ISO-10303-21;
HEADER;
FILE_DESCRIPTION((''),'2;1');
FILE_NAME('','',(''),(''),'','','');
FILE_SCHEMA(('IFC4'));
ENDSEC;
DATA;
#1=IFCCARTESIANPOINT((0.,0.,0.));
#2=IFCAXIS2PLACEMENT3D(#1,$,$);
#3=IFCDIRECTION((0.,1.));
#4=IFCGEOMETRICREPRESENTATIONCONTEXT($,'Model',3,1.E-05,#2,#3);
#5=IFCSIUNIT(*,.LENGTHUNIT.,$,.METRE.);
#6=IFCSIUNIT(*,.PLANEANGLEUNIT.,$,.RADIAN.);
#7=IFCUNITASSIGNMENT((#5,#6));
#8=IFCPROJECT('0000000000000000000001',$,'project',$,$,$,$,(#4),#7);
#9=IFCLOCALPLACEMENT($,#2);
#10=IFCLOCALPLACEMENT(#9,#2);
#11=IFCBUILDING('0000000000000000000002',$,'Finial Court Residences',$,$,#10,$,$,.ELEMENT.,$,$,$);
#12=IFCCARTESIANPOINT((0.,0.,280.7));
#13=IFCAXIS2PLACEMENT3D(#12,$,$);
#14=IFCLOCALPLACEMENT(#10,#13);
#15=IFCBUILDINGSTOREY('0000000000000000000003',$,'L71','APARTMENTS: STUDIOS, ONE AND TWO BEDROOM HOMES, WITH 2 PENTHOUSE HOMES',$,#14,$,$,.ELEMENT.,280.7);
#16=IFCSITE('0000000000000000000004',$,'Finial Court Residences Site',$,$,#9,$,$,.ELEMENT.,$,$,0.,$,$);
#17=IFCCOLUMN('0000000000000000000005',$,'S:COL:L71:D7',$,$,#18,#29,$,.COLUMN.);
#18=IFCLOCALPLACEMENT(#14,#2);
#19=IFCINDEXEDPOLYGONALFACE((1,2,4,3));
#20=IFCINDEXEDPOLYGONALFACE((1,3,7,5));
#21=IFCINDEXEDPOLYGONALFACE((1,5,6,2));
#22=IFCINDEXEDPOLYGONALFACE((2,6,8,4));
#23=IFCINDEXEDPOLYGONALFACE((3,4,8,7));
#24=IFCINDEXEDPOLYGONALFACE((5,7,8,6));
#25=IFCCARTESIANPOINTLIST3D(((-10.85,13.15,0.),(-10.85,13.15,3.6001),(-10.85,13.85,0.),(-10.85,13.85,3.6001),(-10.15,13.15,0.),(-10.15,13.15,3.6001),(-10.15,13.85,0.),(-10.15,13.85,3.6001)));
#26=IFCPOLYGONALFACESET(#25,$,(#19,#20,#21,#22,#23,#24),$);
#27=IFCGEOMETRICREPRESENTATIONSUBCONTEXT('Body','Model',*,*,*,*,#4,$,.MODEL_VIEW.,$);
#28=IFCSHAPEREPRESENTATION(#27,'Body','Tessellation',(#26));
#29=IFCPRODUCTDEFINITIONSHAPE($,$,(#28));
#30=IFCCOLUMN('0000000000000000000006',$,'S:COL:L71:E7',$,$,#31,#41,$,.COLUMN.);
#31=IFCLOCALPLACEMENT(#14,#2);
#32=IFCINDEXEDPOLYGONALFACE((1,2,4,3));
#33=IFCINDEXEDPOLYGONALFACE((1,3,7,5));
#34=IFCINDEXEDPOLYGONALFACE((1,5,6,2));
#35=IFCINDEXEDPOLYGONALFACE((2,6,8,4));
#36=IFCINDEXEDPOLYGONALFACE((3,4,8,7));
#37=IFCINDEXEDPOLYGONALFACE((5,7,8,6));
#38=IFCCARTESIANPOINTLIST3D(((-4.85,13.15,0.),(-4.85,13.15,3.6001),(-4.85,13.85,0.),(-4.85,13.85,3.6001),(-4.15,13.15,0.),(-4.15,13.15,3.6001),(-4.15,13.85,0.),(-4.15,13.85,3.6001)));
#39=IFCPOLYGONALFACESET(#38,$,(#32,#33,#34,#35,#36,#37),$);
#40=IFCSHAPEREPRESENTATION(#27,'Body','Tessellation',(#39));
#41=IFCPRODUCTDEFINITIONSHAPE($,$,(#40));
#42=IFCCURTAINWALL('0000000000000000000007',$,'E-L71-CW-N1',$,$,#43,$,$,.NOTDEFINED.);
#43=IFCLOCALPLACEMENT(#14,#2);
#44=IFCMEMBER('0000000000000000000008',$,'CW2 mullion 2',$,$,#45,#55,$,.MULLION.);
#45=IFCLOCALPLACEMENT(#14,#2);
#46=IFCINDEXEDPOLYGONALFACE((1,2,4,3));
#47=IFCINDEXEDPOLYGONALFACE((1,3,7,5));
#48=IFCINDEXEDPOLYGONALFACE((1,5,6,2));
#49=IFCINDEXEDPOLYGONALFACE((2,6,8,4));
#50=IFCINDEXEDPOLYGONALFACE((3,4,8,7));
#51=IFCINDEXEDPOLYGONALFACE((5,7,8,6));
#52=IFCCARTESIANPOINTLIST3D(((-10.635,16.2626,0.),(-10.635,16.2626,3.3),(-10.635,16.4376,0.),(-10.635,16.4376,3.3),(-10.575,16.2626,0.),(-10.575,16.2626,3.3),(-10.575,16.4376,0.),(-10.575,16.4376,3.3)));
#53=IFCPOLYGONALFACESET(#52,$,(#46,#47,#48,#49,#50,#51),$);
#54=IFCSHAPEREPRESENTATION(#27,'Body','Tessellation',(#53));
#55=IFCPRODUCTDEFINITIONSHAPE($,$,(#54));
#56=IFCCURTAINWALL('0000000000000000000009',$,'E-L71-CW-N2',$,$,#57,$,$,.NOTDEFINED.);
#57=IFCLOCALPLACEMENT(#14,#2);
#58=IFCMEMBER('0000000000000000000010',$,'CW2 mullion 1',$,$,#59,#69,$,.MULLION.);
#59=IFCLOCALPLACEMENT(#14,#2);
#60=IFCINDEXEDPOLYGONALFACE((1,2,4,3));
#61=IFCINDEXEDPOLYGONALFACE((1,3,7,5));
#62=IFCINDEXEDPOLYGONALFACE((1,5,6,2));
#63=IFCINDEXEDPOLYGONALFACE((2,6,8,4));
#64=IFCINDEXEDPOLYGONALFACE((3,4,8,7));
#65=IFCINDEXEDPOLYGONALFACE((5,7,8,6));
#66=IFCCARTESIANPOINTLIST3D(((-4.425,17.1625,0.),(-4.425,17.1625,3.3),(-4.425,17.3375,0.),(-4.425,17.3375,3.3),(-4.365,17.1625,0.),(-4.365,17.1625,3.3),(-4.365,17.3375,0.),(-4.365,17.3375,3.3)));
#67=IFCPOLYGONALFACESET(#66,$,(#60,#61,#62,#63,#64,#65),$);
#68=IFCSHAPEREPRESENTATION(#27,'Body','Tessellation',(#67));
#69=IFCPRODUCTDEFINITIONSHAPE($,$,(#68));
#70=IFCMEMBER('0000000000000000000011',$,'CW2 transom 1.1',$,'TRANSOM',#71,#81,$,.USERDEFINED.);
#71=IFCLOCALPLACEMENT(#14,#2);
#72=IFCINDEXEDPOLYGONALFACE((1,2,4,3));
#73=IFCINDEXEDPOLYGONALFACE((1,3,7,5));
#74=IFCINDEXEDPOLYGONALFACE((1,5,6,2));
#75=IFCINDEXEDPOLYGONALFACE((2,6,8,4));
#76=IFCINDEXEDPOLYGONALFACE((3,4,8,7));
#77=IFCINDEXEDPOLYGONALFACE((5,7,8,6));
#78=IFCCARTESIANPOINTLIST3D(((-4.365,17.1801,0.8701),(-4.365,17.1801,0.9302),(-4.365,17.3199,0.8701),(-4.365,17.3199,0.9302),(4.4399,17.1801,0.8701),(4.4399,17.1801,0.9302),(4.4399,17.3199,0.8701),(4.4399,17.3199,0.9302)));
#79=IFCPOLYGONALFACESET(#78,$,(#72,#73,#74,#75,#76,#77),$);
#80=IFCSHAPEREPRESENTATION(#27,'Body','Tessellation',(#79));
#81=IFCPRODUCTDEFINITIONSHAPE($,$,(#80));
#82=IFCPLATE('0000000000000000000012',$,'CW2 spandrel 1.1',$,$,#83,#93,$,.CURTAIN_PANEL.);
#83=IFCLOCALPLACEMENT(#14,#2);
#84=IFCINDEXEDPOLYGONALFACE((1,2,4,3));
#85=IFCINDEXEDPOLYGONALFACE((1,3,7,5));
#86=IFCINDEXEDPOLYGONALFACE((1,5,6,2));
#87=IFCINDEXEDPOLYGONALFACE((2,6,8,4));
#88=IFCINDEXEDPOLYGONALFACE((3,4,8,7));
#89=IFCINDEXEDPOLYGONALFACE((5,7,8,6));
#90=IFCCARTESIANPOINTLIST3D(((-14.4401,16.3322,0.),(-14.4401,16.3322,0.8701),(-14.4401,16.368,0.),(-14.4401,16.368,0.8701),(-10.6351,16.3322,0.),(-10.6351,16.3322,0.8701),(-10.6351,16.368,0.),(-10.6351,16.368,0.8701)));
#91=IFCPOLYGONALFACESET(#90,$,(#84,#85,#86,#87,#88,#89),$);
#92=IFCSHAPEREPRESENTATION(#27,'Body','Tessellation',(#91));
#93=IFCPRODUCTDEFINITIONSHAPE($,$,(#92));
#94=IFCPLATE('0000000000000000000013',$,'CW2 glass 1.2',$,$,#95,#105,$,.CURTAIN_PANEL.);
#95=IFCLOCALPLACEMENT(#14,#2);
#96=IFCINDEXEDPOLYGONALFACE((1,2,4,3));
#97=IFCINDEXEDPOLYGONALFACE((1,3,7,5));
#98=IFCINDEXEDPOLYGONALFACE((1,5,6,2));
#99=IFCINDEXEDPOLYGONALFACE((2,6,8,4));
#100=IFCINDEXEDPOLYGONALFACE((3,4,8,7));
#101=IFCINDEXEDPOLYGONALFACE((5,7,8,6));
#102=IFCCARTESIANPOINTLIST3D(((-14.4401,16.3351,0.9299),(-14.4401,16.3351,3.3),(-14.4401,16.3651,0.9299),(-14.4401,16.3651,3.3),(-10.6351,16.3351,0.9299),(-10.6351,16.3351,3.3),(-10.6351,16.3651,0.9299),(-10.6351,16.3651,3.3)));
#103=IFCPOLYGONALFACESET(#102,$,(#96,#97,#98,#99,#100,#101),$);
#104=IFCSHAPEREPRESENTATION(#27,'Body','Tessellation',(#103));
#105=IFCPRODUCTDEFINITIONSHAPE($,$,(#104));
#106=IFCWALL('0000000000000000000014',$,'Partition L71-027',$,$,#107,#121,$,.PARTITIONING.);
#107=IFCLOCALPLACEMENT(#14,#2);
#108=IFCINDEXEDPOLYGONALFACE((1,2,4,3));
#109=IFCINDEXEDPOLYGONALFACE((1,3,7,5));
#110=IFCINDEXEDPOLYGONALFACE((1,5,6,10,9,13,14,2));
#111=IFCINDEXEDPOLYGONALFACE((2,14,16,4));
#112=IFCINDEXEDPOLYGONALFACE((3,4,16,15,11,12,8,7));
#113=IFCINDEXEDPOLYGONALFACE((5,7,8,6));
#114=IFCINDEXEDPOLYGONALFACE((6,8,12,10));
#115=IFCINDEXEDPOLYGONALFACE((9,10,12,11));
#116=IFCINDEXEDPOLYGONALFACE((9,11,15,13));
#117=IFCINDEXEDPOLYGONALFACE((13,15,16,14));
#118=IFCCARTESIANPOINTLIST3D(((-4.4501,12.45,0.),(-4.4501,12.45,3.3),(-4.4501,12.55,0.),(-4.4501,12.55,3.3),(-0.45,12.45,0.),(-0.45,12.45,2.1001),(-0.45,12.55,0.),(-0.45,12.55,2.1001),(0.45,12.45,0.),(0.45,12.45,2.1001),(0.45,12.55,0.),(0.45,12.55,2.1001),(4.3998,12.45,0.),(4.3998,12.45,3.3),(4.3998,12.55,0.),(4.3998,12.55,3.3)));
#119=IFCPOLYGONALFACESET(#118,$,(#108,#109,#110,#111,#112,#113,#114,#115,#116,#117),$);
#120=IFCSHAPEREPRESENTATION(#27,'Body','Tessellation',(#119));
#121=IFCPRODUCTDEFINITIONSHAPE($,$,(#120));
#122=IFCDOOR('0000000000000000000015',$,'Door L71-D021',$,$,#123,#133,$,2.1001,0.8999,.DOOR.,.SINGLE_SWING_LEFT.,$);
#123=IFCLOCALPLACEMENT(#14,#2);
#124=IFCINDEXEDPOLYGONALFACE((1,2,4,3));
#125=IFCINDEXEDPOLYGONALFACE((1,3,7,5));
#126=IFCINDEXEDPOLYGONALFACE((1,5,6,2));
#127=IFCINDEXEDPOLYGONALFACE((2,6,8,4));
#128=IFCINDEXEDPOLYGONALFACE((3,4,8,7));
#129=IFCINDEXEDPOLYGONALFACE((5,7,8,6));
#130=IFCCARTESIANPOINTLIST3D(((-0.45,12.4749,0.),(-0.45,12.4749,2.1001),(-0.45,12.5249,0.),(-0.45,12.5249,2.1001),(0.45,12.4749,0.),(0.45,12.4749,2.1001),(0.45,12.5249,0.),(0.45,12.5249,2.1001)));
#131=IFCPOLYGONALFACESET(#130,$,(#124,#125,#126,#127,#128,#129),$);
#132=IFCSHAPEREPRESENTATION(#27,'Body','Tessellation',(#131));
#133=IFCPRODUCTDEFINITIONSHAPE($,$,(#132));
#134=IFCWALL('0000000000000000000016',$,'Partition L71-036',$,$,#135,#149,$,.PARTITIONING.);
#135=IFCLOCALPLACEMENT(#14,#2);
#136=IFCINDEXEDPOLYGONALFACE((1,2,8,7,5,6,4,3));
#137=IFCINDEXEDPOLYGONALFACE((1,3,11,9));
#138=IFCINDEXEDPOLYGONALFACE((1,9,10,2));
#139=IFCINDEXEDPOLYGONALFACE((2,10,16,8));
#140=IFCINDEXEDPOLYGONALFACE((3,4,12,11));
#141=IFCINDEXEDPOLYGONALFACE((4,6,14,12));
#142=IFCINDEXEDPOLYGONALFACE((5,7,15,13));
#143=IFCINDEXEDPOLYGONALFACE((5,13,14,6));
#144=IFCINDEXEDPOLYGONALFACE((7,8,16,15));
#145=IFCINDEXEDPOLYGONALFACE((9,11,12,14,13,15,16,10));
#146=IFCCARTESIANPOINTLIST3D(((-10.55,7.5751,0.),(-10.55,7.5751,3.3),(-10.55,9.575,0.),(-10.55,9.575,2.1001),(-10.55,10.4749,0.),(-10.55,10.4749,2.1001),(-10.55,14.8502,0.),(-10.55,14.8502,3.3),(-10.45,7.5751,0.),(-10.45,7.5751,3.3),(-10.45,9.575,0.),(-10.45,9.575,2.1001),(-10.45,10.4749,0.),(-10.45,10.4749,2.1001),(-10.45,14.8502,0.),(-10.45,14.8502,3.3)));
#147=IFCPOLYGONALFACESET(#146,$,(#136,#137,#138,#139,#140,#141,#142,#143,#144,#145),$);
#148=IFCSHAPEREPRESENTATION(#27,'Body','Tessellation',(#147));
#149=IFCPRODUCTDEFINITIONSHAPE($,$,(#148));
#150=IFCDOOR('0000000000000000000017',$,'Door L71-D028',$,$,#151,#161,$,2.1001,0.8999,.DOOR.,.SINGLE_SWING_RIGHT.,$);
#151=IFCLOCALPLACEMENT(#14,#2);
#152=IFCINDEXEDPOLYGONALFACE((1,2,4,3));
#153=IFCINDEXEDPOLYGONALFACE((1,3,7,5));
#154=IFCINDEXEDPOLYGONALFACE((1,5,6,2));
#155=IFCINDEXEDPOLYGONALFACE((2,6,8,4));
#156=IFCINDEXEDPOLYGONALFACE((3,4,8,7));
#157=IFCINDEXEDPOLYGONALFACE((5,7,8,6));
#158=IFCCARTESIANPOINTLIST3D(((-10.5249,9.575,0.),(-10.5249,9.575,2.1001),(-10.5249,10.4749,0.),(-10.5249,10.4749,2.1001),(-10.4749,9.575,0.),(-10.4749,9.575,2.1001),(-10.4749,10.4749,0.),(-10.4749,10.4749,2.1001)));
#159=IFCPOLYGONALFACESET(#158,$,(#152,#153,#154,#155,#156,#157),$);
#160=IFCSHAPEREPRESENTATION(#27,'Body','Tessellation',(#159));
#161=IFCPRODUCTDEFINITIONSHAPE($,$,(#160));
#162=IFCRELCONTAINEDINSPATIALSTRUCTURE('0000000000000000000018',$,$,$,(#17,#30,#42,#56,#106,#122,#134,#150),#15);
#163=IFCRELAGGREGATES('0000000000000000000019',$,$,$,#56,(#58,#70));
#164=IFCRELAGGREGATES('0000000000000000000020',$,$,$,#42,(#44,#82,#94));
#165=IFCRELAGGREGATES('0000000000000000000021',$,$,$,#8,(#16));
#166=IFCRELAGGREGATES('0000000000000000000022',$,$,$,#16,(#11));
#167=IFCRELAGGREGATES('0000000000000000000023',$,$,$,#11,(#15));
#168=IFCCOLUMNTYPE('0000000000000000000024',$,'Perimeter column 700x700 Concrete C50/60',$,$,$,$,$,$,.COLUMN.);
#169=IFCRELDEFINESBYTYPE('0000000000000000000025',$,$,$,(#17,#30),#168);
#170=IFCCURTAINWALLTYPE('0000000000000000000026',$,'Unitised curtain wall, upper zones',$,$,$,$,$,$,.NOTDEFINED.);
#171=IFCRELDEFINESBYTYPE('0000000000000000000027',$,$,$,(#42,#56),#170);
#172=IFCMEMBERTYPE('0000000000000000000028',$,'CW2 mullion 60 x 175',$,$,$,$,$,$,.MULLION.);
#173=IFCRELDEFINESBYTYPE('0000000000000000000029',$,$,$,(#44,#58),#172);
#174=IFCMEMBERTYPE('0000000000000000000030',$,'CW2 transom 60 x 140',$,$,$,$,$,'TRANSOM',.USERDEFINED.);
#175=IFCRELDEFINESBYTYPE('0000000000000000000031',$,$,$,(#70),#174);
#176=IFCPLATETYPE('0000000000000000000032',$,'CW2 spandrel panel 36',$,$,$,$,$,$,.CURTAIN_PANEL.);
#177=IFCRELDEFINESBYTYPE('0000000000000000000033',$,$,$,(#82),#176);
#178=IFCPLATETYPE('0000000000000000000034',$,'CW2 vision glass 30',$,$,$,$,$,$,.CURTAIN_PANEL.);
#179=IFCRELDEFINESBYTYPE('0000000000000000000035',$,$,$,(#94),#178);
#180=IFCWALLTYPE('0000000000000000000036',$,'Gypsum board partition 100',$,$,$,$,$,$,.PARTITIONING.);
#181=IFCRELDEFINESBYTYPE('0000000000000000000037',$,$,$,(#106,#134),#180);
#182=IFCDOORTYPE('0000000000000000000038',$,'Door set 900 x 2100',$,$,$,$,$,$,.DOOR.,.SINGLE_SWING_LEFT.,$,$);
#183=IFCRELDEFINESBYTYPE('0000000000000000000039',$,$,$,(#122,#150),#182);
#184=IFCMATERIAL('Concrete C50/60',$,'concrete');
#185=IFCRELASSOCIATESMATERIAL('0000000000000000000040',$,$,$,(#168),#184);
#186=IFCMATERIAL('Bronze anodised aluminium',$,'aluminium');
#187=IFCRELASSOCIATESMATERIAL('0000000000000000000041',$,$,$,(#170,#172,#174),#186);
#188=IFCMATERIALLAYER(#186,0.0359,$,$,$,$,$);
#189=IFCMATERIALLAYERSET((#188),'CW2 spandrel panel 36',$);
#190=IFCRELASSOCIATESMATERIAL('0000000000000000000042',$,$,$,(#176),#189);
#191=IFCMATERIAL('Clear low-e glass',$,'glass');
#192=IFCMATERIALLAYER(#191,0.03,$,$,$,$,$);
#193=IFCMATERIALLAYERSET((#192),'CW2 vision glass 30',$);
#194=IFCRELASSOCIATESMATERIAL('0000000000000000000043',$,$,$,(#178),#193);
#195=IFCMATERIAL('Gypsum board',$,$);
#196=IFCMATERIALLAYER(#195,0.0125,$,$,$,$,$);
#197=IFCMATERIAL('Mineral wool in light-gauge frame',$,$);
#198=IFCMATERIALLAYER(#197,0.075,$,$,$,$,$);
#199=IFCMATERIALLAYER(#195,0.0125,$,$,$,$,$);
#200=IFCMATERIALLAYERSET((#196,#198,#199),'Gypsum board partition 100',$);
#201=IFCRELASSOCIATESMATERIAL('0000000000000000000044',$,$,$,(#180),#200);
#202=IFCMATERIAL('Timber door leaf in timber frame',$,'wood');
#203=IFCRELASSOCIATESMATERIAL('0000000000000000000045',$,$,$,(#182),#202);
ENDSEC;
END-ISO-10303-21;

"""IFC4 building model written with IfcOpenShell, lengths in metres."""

from ifc_helpers import new_model, si_unit, direction, frame, frame_2d, origin, origin_2d, place, context, subcontext, project, spatial, rectangle, extrude, material, layer, layer_set, material_profile, profile_set, type_object, element, fill, aggregate, save


model = new_model("IFC4")

# Units and contexts
model_context = context("Model", 3, precision=1e-05, world=origin(), true_north=direction((0.0, 1.0)))
body_context = subcontext(model_context, "Body", "Model", "MODEL_VIEW")
ifc_project = project(units=[si_unit("LENGTHUNIT", "METRE"), si_unit("PLANEANGLEUNIT", "RADIAN")], contexts=[model_context])

# Site, building, storey
site_placement = place(None, origin())
site = spatial("IfcSite", under=ifc_project, at=site_placement, Name="Finial Court Residences Site", CompositionType="ELEMENT", RefElevation=0.0)
building_placement = place(site_placement, origin())
building = spatial("IfcBuilding", under=site, at=building_placement, Name="Finial Court Residences", CompositionType="ELEMENT")
storey_placement = place(building_placement, frame((0.0, 0.0, 280.7)))
storey = spatial("IfcBuildingStorey", under=building, at=storey_placement, Name="L71", Description="APARTMENTS: STUDIOS, ONE AND TWO BEDROOM HOMES, WITH 2 PENTHOUSE HOMES", CompositionType="ELEMENT", Elevation=280.7)

# Columns
ifc_material_1 = material(Name="Concrete C50/60", Category="concrete")
ifc_material_profile_1 = material_profile(ifc_material_1, rectangle(XDim=0.7, YDim=0.7, at=origin_2d()), Name="700x700")
ifc_profile_set_1 = profile_set([ifc_material_profile_1], Name="Concrete C50/60")
column_type = type_object("IfcColumnType", Name="Perimeter column 700x700 Concrete C50/60", PredefinedType="COLUMN", material=ifc_profile_set_1)
for number, where, z_axis, x_axis, name in (
    (1, (-10.5, 13.5, 0.0), (0.0, 0.0, 1.0), (1.0, 0.0, 0.0), "S:COL:L71:D7"),
    (2, (-4.5, 13.5, 0.0), (0.0, 0.0, 1.0), (1.0, 0.0, 0.0), "S:COL:L71:E7"),
):
    element("IfcColumn", number, at=place(storey_placement, frame(where, z_axis=z_axis, x_axis=x_axis)), inside=storey, type_object=column_type, Name=name, PredefinedType="COLUMN", context=body_context, shape_type="SweptSolid", body=[
        extrude(rectangle(XDim=0.7, YDim=0.7, at=origin_2d()), origin(), (0.0, 0.0, 1.0), 3.6001),
    ])

# Curtain wall, member
ifc_material_2 = material(Name="Bronze anodised aluminium", Category="aluminium")
curtain_wall_type = type_object("IfcCurtainWallType", Name="Unitised curtain wall, upper zones", PredefinedType="NOTDEFINED", material=ifc_material_2)
curtain_wall_1_placement = place(storey_placement, origin())
curtain_wall_1 = element("IfcCurtainWall", 3, at=curtain_wall_1_placement, inside=storey, type_object=curtain_wall_type, Name="E-L71-CW-N1", PredefinedType="NOTDEFINED")
ifc_material_profile_2 = material_profile(ifc_material_2, rectangle(XDim=0.175, YDim=0.0601, at=origin_2d()), Name="CW2 mullion 60 x 175")
ifc_profile_set_2 = profile_set([ifc_material_profile_2], Name="Bronze anodised aluminium")
member_type_1 = type_object("IfcMemberType", Name="CW2 mullion 60 x 175", PredefinedType="MULLION", material=ifc_profile_set_2)
member_1_placement = place(storey_placement, frame((-10.605, 16.3501, 0.0), z_axis=(0.0, 0.0, 1.0), x_axis=(0.0, 1.0, 0.0)))
member_1 = element("IfcMember", 4, at=member_1_placement, type_object=member_type_1, Name="CW2 mullion 2", PredefinedType="MULLION", context=body_context, shape_type="SweptSolid", body=[
    extrude(rectangle(XDim=0.175, YDim=0.0601, at=origin_2d()), origin(), (0.0, 0.0, 1.0), 3.3),
])

# Curtain wall, members
curtain_wall_2_placement = place(storey_placement, origin())
curtain_wall_2 = element("IfcCurtainWall", 5, at=curtain_wall_2_placement, inside=storey, type_object=curtain_wall_type, Name="E-L71-CW-N2", PredefinedType="NOTDEFINED")
member_2_placement = place(storey_placement, frame((-4.395, 17.25, 0.0), z_axis=(0.0, 0.0, 1.0), x_axis=(0.0, 1.0, 0.0)))
member_2 = element("IfcMember", 6, at=member_2_placement, type_object=member_type_1, Name="CW2 mullion 1", PredefinedType="MULLION", context=body_context, shape_type="SweptSolid", body=[
    extrude(rectangle(XDim=0.175, YDim=0.0601, at=origin_2d()), origin(), (0.0, 0.0, 1.0), 3.3),
])
ifc_material_profile_3 = material_profile(ifc_material_2, rectangle(XDim=0.1399, YDim=0.0601, at=origin_2d()), Name="CW2 transom 60 x 140")
ifc_profile_set_3 = profile_set([ifc_material_profile_3], Name="Bronze anodised aluminium")
member_type_2 = type_object("IfcMemberType", Name="CW2 transom 60 x 140", ElementType="TRANSOM", PredefinedType="USERDEFINED", material=ifc_profile_set_3)
member_3_placement = place(storey_placement, frame((-4.365, 17.25, 0.9001), z_axis=(1.0, 0.0, 0.0), x_axis=(0.0, 1.0, 0.0)))
member_3 = element("IfcMember", 7, at=member_3_placement, type_object=member_type_2, Name="CW2 transom 1.1", ObjectType="TRANSOM", PredefinedType="USERDEFINED", context=body_context, shape_type="SweptSolid", body=[
    extrude(rectangle(XDim=0.1399, YDim=0.0601, at=origin_2d()), origin(), (0.0, 0.0, 1.0), 8.8049),
])
aggregate(curtain_wall_2, [member_2, member_3])

# Plates
ifc_layer_1 = layer(ifc_material_2, 0.0359)
ifc_layer_set_1 = layer_set([ifc_layer_1], Name="CW2 spandrel panel 36")
plate_type_1 = type_object("IfcPlateType", Name="CW2 spandrel panel 36", PredefinedType="CURTAIN_PANEL", material=ifc_layer_set_1)
plate_1_placement = place(storey_placement, frame((-12.5376, 16.3501, 0.0), z_axis=(0.0, 0.0, 1.0), x_axis=(1.0, 0.0, 0.0)))
plate_1 = element("IfcPlate", 8, at=plate_1_placement, type_object=plate_type_1, Name="CW2 spandrel 1.1", PredefinedType="CURTAIN_PANEL", context=body_context, shape_type="SweptSolid", body=[
    extrude(rectangle(XDim=3.8049, YDim=0.0359, at=origin_2d()), origin(), (0.0, 0.0, 1.0), 0.8701),
])
ifc_material_3 = material(Name="Clear low-e glass", Category="glass")
ifc_layer_2 = layer(ifc_material_3, 0.03)
ifc_layer_set_2 = layer_set([ifc_layer_2], Name="CW2 vision glass 30")
plate_type_2 = type_object("IfcPlateType", Name="CW2 vision glass 30", PredefinedType="CURTAIN_PANEL", material=ifc_layer_set_2)
plate_2_placement = place(storey_placement, frame((-12.5376, 16.3501, 0.9299), z_axis=(0.0, 0.0, 1.0), x_axis=(1.0, 0.0, 0.0)))
plate_2 = element("IfcPlate", 9, at=plate_2_placement, type_object=plate_type_2, Name="CW2 glass 1.2", PredefinedType="CURTAIN_PANEL", context=body_context, shape_type="SweptSolid", body=[
    extrude(rectangle(XDim=3.8049, YDim=0.03, at=origin_2d()), origin(), (0.0, 0.0, 1.0), 2.3701),
])
aggregate(curtain_wall_1, [member_1, plate_1, plate_2])

# Walls, openings, doors
ifc_material_4 = material(Name="Gypsum board")
ifc_layer_3 = layer(ifc_material_4, 0.0125)
ifc_material_5 = material(Name="Mineral wool in light-gauge frame")
ifc_layer_4 = layer(ifc_material_5, 0.075)
ifc_layer_5 = layer(ifc_material_4, 0.0125)
ifc_layer_set_3 = layer_set([ifc_layer_3, ifc_layer_4, ifc_layer_5], Name="Gypsum board partition 100")
wall_type_1 = type_object("IfcWallType", Name="Gypsum board partition 100", PredefinedType="PARTITIONING", material=ifc_layer_set_3)
wall_1_placement = place(storey_placement, frame((-4.45, 12.5, 0.0), z_axis=(0.0, 0.0, 1.0), x_axis=(1.0, 0.0, 0.0)))
wall_1 = element("IfcWall", 10, at=wall_1_placement, inside=storey, type_object=wall_type_1, Name="Partition L71-027", PredefinedType="PARTITIONING", context=body_context, shape_type="SweptSolid", body=[
    extrude(rectangle(XDim=8.8499, YDim=0.1001, at=frame_2d((4.4248, 0.0))), origin(), (0.0, 0.0, 1.0), 3.3),
])
opening_1_placement = place(wall_1_placement, frame((4.0, 0.0, 0.0)))
opening_1 = element("IfcOpeningElement", 11, at=opening_1_placement, cuts=wall_1, PredefinedType="OPENING", context=body_context, shape_type="SweptSolid", body=[
    extrude(rectangle(XDim=0.8999, YDim=2.1001, at=frame_2d((0.45, 1.05))), frame((0.0, 0.0601, 0.0), z_axis=(0.0, -1.0, 0.0), x_axis=(1.0, 0.0, 0.0)), (0.0, 0.0, 1.0), 0.1201),
])
ifc_material_6 = material(Name="Timber door leaf in timber frame", Category="wood")
door_type_1 = type_object("IfcDoorType", Name="Door set 900 x 2100", OperationType="SINGLE_SWING_LEFT", PredefinedType="DOOR", material=ifc_material_6)
door_1_placement = place(opening_1_placement, origin())
door_1 = element("IfcDoor", 12, at=door_1_placement, inside=storey, type_object=door_type_1, Name="Door L71-D021", OperationType="SINGLE_SWING_LEFT", OverallHeight=2.1001, OverallWidth=0.8999, PredefinedType="DOOR", context=body_context, shape_type="SweptSolid", body=[
    extrude(rectangle(XDim=0.8999, YDim=2.1001, at=frame_2d((0.45, 1.05))), frame((0.0, 0.0249, 0.0), z_axis=(0.0, -1.0, 0.0), x_axis=(1.0, 0.0, 0.0)), (0.0, 0.0, 1.0), 0.05),
])
fill(opening_1, door_1)
wall_2_placement = place(storey_placement, frame((-10.5, 7.575, 0.0), z_axis=(0.0, 0.0, 1.0), x_axis=(0.0, 1.0, 0.0)))
wall_2 = element("IfcWall", 13, at=wall_2_placement, inside=storey, type_object=wall_type_1, Name="Partition L71-036", PredefinedType="PARTITIONING", context=body_context, shape_type="SweptSolid", body=[
    extrude(rectangle(XDim=7.2751, YDim=0.1001, at=frame_2d((3.6377, 0.0))), origin(), (0.0, 0.0, 1.0), 3.3),
])
opening_2_placement = place(wall_2_placement, frame((2.0, 0.0, 0.0)))
opening_2 = element("IfcOpeningElement", 14, at=opening_2_placement, cuts=wall_2, PredefinedType="OPENING", context=body_context, shape_type="SweptSolid", body=[
    extrude(rectangle(XDim=0.8999, YDim=2.1001, at=frame_2d((0.45, 1.05))), frame((0.0, 0.0601, 0.0), z_axis=(0.0, -1.0, 0.0), x_axis=(1.0, 0.0, 0.0)), (0.0, 0.0, 1.0), 0.1201),
])
door_2_placement = place(opening_2_placement, origin())
door_2 = element("IfcDoor", 15, at=door_2_placement, inside=storey, type_object=door_type_1, Name="Door L71-D028", OperationType="SINGLE_SWING_RIGHT", OverallHeight=2.1001, OverallWidth=0.8999, PredefinedType="DOOR", context=body_context, shape_type="SweptSolid", body=[
    extrude(rectangle(XDim=0.8999, YDim=2.1001, at=frame_2d((0.45, 1.05))), frame((0.0, 0.0249, 0.0), z_axis=(0.0, -1.0, 0.0), x_axis=(1.0, 0.0, 0.0)), (0.0, 0.0, 1.0), 0.05),
])
fill(opening_2, door_2)

save(model, "model.ifc")
